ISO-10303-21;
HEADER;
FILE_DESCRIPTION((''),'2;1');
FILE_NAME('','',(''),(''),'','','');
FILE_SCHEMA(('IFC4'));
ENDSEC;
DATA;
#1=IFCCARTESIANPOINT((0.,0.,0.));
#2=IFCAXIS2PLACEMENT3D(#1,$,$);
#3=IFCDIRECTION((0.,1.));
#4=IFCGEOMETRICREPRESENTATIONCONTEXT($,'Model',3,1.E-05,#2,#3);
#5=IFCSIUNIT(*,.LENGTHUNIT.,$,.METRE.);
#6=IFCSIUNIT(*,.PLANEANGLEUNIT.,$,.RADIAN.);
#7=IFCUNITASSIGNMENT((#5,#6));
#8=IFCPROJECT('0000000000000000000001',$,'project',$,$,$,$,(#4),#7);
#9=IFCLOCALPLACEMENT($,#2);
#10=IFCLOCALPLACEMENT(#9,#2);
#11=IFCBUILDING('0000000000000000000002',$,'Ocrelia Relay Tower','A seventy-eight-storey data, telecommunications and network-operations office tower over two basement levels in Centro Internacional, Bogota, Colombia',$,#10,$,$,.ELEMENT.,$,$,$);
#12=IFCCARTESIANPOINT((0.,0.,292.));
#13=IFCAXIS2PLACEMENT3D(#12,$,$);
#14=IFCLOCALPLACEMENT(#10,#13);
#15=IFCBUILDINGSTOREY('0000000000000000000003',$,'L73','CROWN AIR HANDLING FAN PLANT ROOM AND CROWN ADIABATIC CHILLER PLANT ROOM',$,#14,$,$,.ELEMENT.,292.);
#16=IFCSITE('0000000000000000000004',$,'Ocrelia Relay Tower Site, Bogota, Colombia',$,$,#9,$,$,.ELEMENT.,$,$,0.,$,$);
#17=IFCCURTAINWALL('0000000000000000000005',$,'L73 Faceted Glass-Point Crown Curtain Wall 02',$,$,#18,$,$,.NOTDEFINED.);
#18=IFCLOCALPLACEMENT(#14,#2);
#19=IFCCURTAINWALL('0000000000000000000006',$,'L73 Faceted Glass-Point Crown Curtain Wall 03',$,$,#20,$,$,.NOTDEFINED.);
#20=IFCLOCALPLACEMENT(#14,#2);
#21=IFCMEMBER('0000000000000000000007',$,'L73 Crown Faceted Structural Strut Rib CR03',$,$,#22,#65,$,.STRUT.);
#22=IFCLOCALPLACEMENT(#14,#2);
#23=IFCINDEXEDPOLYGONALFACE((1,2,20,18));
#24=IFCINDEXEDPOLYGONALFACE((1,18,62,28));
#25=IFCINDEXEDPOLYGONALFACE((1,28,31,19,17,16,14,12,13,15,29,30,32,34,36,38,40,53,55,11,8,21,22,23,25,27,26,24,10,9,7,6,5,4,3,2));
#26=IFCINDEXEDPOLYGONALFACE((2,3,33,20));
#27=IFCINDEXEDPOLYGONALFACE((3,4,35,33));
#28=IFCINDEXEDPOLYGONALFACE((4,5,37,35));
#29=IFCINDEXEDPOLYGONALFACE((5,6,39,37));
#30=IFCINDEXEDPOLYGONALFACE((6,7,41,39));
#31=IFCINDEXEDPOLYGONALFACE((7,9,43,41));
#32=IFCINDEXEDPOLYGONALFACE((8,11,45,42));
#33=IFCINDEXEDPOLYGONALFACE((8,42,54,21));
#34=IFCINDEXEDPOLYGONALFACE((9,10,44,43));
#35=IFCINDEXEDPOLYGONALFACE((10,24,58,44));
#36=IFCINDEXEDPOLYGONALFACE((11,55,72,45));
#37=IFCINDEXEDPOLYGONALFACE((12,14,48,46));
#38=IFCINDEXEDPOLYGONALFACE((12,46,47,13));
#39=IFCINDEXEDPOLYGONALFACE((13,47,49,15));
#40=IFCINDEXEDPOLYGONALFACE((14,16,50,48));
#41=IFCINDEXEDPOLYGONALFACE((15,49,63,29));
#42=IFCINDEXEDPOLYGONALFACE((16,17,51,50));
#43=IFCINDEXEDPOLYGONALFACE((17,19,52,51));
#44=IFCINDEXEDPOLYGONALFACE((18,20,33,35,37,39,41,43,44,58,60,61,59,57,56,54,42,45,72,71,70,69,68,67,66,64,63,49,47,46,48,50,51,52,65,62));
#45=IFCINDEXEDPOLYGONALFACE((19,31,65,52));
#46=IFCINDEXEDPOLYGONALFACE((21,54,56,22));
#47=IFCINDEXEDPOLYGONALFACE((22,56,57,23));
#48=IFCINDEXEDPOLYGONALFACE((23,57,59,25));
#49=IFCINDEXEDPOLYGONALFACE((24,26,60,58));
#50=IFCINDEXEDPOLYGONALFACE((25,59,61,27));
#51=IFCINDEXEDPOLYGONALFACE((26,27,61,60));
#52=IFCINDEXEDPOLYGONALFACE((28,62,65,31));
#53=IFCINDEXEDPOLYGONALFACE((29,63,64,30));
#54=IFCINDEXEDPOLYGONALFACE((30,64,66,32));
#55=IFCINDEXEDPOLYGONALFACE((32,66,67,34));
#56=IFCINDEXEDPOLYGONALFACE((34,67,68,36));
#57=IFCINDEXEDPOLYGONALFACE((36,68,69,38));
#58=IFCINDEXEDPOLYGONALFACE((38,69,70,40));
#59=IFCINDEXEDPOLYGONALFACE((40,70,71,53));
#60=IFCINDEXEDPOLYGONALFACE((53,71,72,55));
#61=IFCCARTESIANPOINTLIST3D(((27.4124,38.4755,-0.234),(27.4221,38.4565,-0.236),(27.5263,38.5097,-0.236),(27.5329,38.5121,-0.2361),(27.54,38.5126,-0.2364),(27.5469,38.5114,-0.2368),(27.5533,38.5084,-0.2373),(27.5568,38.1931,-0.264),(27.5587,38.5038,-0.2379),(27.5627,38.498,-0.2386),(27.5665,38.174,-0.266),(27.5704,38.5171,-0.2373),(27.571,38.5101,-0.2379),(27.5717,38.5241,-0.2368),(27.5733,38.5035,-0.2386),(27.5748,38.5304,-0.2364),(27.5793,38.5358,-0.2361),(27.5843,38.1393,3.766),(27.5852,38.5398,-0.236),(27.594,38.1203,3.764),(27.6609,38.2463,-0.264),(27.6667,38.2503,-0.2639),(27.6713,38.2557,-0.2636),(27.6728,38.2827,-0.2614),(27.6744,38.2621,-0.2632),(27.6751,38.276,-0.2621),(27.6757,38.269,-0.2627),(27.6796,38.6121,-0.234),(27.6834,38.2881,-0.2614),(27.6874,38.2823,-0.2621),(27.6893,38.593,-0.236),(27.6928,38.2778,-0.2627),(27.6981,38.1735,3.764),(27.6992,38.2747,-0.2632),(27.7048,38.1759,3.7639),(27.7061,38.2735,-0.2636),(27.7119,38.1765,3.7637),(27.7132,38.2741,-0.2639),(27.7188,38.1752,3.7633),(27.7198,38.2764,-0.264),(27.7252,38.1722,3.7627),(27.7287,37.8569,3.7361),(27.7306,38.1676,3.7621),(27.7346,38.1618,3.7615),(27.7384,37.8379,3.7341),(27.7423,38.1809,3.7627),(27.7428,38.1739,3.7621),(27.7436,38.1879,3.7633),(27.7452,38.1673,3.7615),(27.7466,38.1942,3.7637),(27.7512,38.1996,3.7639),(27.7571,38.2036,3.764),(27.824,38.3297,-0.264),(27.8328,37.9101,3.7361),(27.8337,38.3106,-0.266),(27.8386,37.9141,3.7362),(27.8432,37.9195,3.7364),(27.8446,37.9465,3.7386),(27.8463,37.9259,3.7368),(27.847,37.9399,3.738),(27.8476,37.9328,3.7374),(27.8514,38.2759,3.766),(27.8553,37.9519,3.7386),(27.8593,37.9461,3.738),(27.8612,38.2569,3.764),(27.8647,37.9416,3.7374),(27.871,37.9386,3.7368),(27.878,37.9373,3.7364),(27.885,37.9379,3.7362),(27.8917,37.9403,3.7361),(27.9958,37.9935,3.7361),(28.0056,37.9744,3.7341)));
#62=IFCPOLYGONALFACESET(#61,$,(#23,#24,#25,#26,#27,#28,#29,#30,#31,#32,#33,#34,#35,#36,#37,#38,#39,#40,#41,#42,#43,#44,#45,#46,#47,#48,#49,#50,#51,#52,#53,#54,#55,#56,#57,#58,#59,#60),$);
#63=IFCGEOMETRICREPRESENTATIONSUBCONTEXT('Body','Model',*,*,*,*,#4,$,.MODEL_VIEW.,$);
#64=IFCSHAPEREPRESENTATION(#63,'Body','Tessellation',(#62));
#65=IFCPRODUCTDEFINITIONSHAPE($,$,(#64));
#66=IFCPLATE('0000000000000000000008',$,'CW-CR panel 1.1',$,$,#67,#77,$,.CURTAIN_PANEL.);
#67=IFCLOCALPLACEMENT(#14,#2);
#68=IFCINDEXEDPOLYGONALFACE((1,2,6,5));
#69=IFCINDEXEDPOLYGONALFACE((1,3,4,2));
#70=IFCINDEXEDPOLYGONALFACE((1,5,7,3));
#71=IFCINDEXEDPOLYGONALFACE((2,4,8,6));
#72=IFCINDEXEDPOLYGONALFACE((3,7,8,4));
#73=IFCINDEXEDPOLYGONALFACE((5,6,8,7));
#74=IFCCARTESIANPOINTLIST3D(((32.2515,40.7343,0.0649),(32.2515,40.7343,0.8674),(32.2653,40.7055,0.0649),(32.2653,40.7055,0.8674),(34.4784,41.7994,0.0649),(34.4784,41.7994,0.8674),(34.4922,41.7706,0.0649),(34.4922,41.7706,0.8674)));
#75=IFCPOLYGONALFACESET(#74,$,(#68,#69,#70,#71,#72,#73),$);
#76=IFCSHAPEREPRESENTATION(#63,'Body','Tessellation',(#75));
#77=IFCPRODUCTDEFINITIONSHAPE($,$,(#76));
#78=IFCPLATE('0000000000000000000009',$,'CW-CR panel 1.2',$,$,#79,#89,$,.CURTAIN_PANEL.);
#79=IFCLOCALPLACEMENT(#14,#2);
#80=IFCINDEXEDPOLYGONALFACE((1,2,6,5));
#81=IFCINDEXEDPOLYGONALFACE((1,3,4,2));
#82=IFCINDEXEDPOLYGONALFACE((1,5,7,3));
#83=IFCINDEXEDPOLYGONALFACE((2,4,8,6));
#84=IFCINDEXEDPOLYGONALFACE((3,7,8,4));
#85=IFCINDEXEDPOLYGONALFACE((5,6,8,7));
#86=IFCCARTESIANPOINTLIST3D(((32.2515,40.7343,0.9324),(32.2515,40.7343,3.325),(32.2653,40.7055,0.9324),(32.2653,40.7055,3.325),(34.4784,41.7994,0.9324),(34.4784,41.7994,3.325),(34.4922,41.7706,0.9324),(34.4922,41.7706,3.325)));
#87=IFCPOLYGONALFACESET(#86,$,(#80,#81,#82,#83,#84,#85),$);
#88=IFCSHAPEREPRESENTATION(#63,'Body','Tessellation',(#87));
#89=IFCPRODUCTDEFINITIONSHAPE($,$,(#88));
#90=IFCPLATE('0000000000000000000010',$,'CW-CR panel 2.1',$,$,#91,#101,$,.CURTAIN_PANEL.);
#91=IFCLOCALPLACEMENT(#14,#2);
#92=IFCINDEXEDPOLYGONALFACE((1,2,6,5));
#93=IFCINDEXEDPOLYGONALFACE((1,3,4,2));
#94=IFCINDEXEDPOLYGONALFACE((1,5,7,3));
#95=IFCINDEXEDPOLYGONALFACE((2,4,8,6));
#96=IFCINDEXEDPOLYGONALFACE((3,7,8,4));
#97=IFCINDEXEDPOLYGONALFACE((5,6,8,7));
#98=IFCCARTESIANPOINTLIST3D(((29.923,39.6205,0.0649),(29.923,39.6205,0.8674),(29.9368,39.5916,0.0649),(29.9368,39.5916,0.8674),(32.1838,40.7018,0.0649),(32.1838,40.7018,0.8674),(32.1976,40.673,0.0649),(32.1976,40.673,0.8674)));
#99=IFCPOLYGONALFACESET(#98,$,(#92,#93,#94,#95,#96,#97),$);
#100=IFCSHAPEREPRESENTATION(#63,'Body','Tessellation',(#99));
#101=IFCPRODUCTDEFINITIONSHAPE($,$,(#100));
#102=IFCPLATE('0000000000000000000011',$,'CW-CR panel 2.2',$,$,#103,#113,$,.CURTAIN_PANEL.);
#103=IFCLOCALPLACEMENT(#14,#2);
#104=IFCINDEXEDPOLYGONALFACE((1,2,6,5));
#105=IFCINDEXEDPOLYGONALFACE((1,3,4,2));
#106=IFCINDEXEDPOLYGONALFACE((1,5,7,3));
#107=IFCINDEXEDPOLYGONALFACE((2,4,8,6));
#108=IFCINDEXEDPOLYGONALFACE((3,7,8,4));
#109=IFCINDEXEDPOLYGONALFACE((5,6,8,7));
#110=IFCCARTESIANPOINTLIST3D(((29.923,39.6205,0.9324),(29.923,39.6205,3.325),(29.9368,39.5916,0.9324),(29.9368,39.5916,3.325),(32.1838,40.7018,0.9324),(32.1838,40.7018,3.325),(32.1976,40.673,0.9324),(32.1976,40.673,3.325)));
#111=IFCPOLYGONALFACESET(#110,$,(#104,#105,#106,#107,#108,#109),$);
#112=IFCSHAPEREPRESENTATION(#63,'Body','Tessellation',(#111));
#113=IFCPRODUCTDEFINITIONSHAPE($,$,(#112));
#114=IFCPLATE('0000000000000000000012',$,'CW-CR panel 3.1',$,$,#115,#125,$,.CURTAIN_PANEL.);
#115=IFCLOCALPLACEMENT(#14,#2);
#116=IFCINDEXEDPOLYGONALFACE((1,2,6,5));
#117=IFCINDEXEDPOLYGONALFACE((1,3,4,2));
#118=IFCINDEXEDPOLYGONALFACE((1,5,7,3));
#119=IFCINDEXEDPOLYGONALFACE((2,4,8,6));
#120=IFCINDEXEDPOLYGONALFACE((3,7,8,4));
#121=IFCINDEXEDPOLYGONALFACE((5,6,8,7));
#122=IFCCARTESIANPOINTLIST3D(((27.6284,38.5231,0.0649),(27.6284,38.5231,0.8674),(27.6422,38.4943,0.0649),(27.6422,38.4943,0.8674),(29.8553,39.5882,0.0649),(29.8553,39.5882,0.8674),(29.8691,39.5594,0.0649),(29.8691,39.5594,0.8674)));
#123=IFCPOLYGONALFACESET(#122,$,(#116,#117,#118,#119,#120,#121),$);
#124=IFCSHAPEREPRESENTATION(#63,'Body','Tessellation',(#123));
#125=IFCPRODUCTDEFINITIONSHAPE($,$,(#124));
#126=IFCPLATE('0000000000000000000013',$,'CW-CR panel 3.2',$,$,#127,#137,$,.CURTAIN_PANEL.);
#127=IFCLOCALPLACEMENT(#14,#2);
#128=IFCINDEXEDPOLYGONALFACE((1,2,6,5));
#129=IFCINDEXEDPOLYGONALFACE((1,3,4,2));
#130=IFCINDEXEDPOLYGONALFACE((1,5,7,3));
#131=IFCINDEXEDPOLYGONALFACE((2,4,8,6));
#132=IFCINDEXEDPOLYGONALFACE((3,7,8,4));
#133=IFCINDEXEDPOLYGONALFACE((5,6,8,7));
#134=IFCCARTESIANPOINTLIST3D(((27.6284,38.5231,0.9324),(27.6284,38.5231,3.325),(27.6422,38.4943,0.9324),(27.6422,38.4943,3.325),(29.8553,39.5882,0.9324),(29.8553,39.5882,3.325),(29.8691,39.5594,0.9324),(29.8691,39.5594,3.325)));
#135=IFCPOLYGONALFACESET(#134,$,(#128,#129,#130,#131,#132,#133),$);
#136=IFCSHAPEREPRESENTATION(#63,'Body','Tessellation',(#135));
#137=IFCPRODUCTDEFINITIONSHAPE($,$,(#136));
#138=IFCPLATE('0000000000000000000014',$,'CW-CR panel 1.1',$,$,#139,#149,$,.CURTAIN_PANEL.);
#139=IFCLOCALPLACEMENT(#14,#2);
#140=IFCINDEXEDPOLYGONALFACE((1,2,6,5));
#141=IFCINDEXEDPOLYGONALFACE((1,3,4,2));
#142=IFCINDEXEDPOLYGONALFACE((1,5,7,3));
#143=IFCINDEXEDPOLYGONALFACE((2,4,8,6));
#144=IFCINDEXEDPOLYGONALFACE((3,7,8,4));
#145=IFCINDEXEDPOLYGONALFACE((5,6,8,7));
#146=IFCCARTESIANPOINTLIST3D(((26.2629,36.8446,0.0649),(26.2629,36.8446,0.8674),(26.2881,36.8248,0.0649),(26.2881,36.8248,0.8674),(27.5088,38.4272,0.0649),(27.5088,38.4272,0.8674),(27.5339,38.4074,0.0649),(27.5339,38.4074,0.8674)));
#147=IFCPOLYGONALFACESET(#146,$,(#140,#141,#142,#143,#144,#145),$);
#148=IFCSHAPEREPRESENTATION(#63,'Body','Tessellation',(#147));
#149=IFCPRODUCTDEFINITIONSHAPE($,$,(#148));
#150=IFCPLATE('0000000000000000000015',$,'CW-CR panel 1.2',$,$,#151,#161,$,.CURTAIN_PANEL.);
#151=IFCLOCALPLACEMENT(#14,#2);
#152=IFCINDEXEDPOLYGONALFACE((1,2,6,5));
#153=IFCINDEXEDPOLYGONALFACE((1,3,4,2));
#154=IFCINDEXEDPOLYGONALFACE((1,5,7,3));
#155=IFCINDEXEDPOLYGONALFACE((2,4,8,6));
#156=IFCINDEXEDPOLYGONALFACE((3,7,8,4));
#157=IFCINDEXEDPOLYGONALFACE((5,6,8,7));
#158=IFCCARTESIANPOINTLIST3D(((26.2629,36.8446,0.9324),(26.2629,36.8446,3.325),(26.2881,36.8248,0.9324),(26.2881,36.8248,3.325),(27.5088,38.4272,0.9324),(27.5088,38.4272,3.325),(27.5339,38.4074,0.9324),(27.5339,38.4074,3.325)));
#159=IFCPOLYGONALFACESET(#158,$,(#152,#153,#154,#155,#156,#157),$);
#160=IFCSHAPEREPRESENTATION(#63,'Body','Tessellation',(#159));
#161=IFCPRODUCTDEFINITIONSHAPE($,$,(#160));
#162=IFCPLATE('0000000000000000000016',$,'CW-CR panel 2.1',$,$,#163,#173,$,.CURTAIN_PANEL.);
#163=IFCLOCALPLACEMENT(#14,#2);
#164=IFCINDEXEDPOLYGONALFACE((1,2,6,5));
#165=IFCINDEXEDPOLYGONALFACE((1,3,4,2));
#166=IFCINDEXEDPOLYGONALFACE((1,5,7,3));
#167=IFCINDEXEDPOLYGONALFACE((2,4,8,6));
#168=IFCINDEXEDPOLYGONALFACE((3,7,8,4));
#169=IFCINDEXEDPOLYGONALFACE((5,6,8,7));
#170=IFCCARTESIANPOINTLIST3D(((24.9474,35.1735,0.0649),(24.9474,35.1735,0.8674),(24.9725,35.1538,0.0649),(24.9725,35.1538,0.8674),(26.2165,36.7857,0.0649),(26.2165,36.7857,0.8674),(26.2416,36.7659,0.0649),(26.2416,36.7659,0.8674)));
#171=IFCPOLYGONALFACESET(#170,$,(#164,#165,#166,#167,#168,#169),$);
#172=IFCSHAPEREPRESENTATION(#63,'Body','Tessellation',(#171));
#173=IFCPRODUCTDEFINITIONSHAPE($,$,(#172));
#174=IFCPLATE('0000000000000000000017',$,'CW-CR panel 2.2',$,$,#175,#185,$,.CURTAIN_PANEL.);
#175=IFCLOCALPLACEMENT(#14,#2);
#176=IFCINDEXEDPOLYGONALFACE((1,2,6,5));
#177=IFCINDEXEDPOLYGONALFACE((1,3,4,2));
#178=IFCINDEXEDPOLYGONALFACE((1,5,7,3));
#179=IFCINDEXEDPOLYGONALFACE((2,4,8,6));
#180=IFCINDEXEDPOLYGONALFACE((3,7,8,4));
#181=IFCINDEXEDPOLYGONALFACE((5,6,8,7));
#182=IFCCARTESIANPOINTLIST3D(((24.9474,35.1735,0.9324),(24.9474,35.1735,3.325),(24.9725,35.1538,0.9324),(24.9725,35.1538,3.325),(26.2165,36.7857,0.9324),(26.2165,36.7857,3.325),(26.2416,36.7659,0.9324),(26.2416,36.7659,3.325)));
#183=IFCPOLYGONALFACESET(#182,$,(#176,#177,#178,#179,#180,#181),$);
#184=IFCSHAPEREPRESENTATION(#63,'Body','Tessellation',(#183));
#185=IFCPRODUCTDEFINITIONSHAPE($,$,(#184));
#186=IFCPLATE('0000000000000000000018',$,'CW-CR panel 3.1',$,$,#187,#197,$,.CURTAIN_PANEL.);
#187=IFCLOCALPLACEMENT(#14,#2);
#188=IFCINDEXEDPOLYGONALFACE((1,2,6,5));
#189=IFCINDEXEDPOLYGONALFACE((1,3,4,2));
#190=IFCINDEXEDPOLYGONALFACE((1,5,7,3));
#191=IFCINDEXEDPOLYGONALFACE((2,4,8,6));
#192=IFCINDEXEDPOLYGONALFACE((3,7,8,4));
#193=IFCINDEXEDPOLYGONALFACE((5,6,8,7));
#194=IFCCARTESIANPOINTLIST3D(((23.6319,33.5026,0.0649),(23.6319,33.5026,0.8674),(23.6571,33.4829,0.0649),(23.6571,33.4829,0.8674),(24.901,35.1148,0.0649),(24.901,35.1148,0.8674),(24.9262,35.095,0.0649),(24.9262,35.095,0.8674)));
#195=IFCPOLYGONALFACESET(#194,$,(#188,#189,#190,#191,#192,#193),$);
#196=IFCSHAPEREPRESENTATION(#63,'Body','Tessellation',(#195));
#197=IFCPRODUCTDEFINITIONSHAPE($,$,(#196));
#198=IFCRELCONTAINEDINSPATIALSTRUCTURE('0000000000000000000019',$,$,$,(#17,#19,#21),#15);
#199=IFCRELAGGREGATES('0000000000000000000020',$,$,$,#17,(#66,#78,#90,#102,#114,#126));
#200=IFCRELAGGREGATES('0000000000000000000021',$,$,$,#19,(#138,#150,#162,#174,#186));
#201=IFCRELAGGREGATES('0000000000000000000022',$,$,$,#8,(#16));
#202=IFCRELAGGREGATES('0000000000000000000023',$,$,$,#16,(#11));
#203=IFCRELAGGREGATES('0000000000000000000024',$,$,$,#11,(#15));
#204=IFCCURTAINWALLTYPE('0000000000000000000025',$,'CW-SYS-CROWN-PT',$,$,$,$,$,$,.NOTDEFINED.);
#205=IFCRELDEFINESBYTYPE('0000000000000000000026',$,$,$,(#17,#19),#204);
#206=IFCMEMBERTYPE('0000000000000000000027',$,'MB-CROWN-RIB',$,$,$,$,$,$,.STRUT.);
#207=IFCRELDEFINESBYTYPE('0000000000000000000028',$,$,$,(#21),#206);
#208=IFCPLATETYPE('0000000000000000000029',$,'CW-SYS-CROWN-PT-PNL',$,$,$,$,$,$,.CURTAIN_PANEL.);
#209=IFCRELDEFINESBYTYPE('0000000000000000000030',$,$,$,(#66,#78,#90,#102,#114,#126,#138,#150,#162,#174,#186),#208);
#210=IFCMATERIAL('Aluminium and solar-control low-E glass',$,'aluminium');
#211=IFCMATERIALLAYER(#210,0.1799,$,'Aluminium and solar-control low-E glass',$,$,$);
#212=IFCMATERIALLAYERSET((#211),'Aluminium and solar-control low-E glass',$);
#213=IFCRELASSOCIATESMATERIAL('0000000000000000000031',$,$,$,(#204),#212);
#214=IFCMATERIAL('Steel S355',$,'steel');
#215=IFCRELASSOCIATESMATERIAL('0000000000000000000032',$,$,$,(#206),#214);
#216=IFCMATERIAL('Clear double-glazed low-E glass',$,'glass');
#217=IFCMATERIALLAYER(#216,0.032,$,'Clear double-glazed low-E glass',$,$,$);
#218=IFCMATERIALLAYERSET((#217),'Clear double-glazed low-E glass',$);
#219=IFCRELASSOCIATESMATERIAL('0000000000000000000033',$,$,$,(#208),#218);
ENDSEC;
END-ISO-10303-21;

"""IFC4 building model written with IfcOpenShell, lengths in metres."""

from ifc_helpers import new_model, si_unit, direction, frame, origin, origin_2d, place, context, subcontext, project, spatial, rectangle, i_section, extrude, material, layer, layer_set, material_profile, profile_set, type_object, element, aggregate, save


model = new_model("IFC4")

# Units and contexts
model_context = context("Model", 3, precision=1e-05, world=origin(), true_north=direction((0.0, 1.0)))
body_context = subcontext(model_context, "Body", "Model", "MODEL_VIEW")
ifc_project = project(units=[si_unit("LENGTHUNIT", "METRE"), si_unit("PLANEANGLEUNIT", "RADIAN")], contexts=[model_context])

# Site, building, storey
site_placement = place(None, origin())
site = spatial("IfcSite", under=ifc_project, at=site_placement, Name="Ocrelia Relay Tower Site, Bogota, Colombia", CompositionType="ELEMENT", RefElevation=0.0)
building_placement = place(site_placement, origin())
building = spatial("IfcBuilding", under=site, at=building_placement, Name="Ocrelia Relay Tower", Description="A seventy-eight-storey data, telecommunications and network-operations office tower over two basement levels in Centro Internacional, Bogota, Colombia", CompositionType="ELEMENT")
storey_placement = place(building_placement, frame((0.0, 0.0, 292.0)))
storey = spatial("IfcBuildingStorey", under=building, at=storey_placement, Name="L73", Description="CROWN AIR HANDLING FAN PLANT ROOM AND CROWN ADIABATIC CHILLER PLANT ROOM", CompositionType="ELEMENT", Elevation=292.0)

# Shared definitions
ifc_material_1 = material(Name="Steel S355", Category="steel")

# Curtain walls
ifc_material_2 = material(Name="Aluminium and solar-control low-E glass", Category="aluminium")
ifc_layer_1 = layer(ifc_material_2, 0.1799, Name="Aluminium and solar-control low-E glass")
ifc_layer_set_1 = layer_set([ifc_layer_1], Name="Aluminium and solar-control low-E glass")
curtain_wall_type = type_object("IfcCurtainWallType", Name="CW-SYS-CROWN-PT", PredefinedType="NOTDEFINED", material=ifc_layer_set_1)
curtain_wall_1_placement = place(storey_placement, origin())
curtain_wall_1 = element("IfcCurtainWall", 1, at=curtain_wall_1_placement, inside=storey, type_object=curtain_wall_type, Name="L73 Faceted Glass-Point Crown Curtain Wall 02", PredefinedType="NOTDEFINED")
curtain_wall_2_placement = place(storey_placement, origin())
curtain_wall_2 = element("IfcCurtainWall", 2, at=curtain_wall_2_placement, inside=storey, type_object=curtain_wall_type, Name="L73 Faceted Glass-Point Crown Curtain Wall 03", PredefinedType="NOTDEFINED")

# Member
ifc_material_profile_1 = material_profile(ifc_material_1, i_section(OverallWidth=0.3, OverallDepth=0.3401, WebThickness=0.012, FlangeThickness=0.0215, FilletRadius=0.0271, at=origin_2d()), Name="HEB 340")
ifc_profile_set_1 = profile_set([ifc_material_profile_1], Name="Steel S355")
member_type_1 = type_object("IfcMemberType", Name="MB-CROWN-RIB", PredefinedType="STRUT", material=ifc_profile_set_1)
member_1_placement = place(storey_placement, frame((27.623, 38.3931, -0.25), z_axis=(0.042779, -0.083673, 0.995575), x_axis=(0.890382, 0.455214, 0.0)))
element("IfcMember", 3, at=member_1_placement, inside=storey, type_object=member_type_1, Name="L73 Crown Faceted Structural Strut Rib CR03", PredefinedType="STRUT", context=body_context, shape_type="SweptSolid", body=[
    extrude(i_section(OverallWidth=0.3, OverallDepth=0.3401, WebThickness=0.012, FlangeThickness=0.0215, FilletRadius=0.0271, at=origin_2d()), origin(), (0.0, 0.0, 1.0), 4.0178),
])

# Plates
ifc_material_3 = material(Name="Clear double-glazed low-E glass", Category="glass")
ifc_layer_2 = layer(ifc_material_3, 0.032, Name="Clear double-glazed low-E glass")
ifc_layer_set_2 = layer_set([ifc_layer_2], Name="Clear double-glazed low-E glass")
plate_type = type_object("IfcPlateType", Name="CW-SYS-CROWN-PT-PNL", PredefinedType="CURTAIN_PANEL", material=ifc_layer_set_2)
plate_1_placement = place(storey_placement, frame((33.3718, 41.2524, 0.0649), z_axis=(0.0, 0.0, 1.0), x_axis=(-0.902124, -0.431477, 0.0)))
plate_1 = element("IfcPlate", 4, at=plate_1_placement, type_object=plate_type, Name="CW-CR panel 1.1", PredefinedType="CURTAIN_PANEL", context=body_context, shape_type="SweptSolid", body=[
    extrude(rectangle(XDim=2.4685, YDim=0.032, at=origin_2d()), origin(), (0.0, 0.0, 1.0), 0.8025),
])
plate_2_placement = place(storey_placement, frame((33.3718, 41.2524, 0.9324), z_axis=(0.0, 0.0, 1.0), x_axis=(-0.902124, -0.431477, 0.0)))
plate_2 = element("IfcPlate", 5, at=plate_2_placement, type_object=plate_type, Name="CW-CR panel 1.2", PredefinedType="CURTAIN_PANEL", context=body_context, shape_type="SweptSolid", body=[
    extrude(rectangle(XDim=2.4685, YDim=0.032, at=origin_2d()), origin(), (0.0, 0.0, 1.0), 2.3926),
])
plate_3_placement = place(storey_placement, frame((31.0603, 40.1467, 0.0649), z_axis=(0.0, 0.0, 1.0), x_axis=(-0.902124, -0.431477, 0.0)))
plate_3 = element("IfcPlate", 6, at=plate_3_placement, type_object=plate_type, Name="CW-CR panel 2.1", PredefinedType="CURTAIN_PANEL", context=body_context, shape_type="SweptSolid", body=[
    extrude(rectangle(XDim=2.5061, YDim=0.032, at=origin_2d()), origin(), (0.0, 0.0, 1.0), 0.8025),
])
plate_4_placement = place(storey_placement, frame((31.0603, 40.1467, 0.9324), z_axis=(0.0, 0.0, 1.0), x_axis=(-0.902124, -0.431477, 0.0)))
plate_4 = element("IfcPlate", 7, at=plate_4_placement, type_object=plate_type, Name="CW-CR panel 2.2", PredefinedType="CURTAIN_PANEL", context=body_context, shape_type="SweptSolid", body=[
    extrude(rectangle(XDim=2.5061, YDim=0.032, at=origin_2d()), origin(), (0.0, 0.0, 1.0), 2.3926),
])
plate_5_placement = place(storey_placement, frame((28.7488, 39.0413, 0.0649), z_axis=(0.0, 0.0, 1.0), x_axis=(-0.902124, -0.431477, 0.0)))
plate_5 = element("IfcPlate", 8, at=plate_5_placement, type_object=plate_type, Name="CW-CR panel 3.1", PredefinedType="CURTAIN_PANEL", context=body_context, shape_type="SweptSolid", body=[
    extrude(rectangle(XDim=2.4685, YDim=0.032, at=origin_2d()), origin(), (0.0, 0.0, 1.0), 0.8025),
])
plate_6_placement = place(storey_placement, frame((28.7488, 39.0413, 0.9324), z_axis=(0.0, 0.0, 1.0), x_axis=(-0.902124, -0.431477, 0.0)))
plate_6 = element("IfcPlate", 9, at=plate_6_placement, type_object=plate_type, Name="CW-CR panel 3.2", PredefinedType="CURTAIN_PANEL", context=body_context, shape_type="SweptSolid", body=[
    extrude(rectangle(XDim=2.4685, YDim=0.032, at=origin_2d()), origin(), (0.0, 0.0, 1.0), 2.3926),
])
aggregate(curtain_wall_1, [plate_1, plate_2, plate_3, plate_4, plate_5, plate_6])
plate_7_placement = place(storey_placement, frame((26.8984, 37.626, 0.0649), z_axis=(0.0, 0.0, 1.0), x_axis=(-0.618554, -0.785742, 0.0)))
plate_7 = element("IfcPlate", 10, at=plate_7_placement, type_object=plate_type, Name="CW-CR panel 1.1", PredefinedType="CURTAIN_PANEL", context=body_context, shape_type="SweptSolid", body=[
    extrude(rectangle(XDim=2.0142, YDim=0.032, at=origin_2d()), origin(), (0.0, 0.0, 1.0), 0.8025),
])
plate_8_placement = place(storey_placement, frame((26.8984, 37.626, 0.9324), z_axis=(0.0, 0.0, 1.0), x_axis=(-0.618554, -0.785742, 0.0)))
plate_8 = element("IfcPlate", 11, at=plate_8_placement, type_object=plate_type, Name="CW-CR panel 1.2", PredefinedType="CURTAIN_PANEL", context=body_context, shape_type="SweptSolid", body=[
    extrude(rectangle(XDim=2.0142, YDim=0.032, at=origin_2d()), origin(), (0.0, 0.0, 1.0), 2.3926),
])
plate_9_placement = place(storey_placement, frame((25.5945, 35.9697, 0.0649), z_axis=(0.0, 0.0, 1.0), x_axis=(-0.618554, -0.785742, 0.0)))
plate_9 = element("IfcPlate", 12, at=plate_9_placement, type_object=plate_type, Name="CW-CR panel 2.1", PredefinedType="CURTAIN_PANEL", context=body_context, shape_type="SweptSolid", body=[
    extrude(rectangle(XDim=2.0518, YDim=0.032, at=origin_2d()), origin(), (0.0, 0.0, 1.0), 0.8025),
])
plate_10_placement = place(storey_placement, frame((25.5945, 35.9697, 0.9324), z_axis=(0.0, 0.0, 1.0), x_axis=(-0.618554, -0.785742, 0.0)))
plate_10 = element("IfcPlate", 13, at=plate_10_placement, type_object=plate_type, Name="CW-CR panel 2.2", PredefinedType="CURTAIN_PANEL", context=body_context, shape_type="SweptSolid", body=[
    extrude(rectangle(XDim=2.0518, YDim=0.032, at=origin_2d()), origin(), (0.0, 0.0, 1.0), 2.3926),
])
plate_11_placement = place(storey_placement, frame((24.2791, 34.2988, 0.0649), z_axis=(0.0, 0.0, 1.0), x_axis=(-0.618554, -0.785742, 0.0)))
plate_11 = element("IfcPlate", 14, at=plate_11_placement, type_object=plate_type, Name="CW-CR panel 3.1", PredefinedType="CURTAIN_PANEL", context=body_context, shape_type="SweptSolid", body=[
    extrude(rectangle(XDim=2.0518, YDim=0.032, at=origin_2d()), origin(), (0.0, 0.0, 1.0), 0.8025),
])
aggregate(curtain_wall_2, [plate_7, plate_8, plate_9, plate_10, plate_11])

save(model, "model.ifc")
